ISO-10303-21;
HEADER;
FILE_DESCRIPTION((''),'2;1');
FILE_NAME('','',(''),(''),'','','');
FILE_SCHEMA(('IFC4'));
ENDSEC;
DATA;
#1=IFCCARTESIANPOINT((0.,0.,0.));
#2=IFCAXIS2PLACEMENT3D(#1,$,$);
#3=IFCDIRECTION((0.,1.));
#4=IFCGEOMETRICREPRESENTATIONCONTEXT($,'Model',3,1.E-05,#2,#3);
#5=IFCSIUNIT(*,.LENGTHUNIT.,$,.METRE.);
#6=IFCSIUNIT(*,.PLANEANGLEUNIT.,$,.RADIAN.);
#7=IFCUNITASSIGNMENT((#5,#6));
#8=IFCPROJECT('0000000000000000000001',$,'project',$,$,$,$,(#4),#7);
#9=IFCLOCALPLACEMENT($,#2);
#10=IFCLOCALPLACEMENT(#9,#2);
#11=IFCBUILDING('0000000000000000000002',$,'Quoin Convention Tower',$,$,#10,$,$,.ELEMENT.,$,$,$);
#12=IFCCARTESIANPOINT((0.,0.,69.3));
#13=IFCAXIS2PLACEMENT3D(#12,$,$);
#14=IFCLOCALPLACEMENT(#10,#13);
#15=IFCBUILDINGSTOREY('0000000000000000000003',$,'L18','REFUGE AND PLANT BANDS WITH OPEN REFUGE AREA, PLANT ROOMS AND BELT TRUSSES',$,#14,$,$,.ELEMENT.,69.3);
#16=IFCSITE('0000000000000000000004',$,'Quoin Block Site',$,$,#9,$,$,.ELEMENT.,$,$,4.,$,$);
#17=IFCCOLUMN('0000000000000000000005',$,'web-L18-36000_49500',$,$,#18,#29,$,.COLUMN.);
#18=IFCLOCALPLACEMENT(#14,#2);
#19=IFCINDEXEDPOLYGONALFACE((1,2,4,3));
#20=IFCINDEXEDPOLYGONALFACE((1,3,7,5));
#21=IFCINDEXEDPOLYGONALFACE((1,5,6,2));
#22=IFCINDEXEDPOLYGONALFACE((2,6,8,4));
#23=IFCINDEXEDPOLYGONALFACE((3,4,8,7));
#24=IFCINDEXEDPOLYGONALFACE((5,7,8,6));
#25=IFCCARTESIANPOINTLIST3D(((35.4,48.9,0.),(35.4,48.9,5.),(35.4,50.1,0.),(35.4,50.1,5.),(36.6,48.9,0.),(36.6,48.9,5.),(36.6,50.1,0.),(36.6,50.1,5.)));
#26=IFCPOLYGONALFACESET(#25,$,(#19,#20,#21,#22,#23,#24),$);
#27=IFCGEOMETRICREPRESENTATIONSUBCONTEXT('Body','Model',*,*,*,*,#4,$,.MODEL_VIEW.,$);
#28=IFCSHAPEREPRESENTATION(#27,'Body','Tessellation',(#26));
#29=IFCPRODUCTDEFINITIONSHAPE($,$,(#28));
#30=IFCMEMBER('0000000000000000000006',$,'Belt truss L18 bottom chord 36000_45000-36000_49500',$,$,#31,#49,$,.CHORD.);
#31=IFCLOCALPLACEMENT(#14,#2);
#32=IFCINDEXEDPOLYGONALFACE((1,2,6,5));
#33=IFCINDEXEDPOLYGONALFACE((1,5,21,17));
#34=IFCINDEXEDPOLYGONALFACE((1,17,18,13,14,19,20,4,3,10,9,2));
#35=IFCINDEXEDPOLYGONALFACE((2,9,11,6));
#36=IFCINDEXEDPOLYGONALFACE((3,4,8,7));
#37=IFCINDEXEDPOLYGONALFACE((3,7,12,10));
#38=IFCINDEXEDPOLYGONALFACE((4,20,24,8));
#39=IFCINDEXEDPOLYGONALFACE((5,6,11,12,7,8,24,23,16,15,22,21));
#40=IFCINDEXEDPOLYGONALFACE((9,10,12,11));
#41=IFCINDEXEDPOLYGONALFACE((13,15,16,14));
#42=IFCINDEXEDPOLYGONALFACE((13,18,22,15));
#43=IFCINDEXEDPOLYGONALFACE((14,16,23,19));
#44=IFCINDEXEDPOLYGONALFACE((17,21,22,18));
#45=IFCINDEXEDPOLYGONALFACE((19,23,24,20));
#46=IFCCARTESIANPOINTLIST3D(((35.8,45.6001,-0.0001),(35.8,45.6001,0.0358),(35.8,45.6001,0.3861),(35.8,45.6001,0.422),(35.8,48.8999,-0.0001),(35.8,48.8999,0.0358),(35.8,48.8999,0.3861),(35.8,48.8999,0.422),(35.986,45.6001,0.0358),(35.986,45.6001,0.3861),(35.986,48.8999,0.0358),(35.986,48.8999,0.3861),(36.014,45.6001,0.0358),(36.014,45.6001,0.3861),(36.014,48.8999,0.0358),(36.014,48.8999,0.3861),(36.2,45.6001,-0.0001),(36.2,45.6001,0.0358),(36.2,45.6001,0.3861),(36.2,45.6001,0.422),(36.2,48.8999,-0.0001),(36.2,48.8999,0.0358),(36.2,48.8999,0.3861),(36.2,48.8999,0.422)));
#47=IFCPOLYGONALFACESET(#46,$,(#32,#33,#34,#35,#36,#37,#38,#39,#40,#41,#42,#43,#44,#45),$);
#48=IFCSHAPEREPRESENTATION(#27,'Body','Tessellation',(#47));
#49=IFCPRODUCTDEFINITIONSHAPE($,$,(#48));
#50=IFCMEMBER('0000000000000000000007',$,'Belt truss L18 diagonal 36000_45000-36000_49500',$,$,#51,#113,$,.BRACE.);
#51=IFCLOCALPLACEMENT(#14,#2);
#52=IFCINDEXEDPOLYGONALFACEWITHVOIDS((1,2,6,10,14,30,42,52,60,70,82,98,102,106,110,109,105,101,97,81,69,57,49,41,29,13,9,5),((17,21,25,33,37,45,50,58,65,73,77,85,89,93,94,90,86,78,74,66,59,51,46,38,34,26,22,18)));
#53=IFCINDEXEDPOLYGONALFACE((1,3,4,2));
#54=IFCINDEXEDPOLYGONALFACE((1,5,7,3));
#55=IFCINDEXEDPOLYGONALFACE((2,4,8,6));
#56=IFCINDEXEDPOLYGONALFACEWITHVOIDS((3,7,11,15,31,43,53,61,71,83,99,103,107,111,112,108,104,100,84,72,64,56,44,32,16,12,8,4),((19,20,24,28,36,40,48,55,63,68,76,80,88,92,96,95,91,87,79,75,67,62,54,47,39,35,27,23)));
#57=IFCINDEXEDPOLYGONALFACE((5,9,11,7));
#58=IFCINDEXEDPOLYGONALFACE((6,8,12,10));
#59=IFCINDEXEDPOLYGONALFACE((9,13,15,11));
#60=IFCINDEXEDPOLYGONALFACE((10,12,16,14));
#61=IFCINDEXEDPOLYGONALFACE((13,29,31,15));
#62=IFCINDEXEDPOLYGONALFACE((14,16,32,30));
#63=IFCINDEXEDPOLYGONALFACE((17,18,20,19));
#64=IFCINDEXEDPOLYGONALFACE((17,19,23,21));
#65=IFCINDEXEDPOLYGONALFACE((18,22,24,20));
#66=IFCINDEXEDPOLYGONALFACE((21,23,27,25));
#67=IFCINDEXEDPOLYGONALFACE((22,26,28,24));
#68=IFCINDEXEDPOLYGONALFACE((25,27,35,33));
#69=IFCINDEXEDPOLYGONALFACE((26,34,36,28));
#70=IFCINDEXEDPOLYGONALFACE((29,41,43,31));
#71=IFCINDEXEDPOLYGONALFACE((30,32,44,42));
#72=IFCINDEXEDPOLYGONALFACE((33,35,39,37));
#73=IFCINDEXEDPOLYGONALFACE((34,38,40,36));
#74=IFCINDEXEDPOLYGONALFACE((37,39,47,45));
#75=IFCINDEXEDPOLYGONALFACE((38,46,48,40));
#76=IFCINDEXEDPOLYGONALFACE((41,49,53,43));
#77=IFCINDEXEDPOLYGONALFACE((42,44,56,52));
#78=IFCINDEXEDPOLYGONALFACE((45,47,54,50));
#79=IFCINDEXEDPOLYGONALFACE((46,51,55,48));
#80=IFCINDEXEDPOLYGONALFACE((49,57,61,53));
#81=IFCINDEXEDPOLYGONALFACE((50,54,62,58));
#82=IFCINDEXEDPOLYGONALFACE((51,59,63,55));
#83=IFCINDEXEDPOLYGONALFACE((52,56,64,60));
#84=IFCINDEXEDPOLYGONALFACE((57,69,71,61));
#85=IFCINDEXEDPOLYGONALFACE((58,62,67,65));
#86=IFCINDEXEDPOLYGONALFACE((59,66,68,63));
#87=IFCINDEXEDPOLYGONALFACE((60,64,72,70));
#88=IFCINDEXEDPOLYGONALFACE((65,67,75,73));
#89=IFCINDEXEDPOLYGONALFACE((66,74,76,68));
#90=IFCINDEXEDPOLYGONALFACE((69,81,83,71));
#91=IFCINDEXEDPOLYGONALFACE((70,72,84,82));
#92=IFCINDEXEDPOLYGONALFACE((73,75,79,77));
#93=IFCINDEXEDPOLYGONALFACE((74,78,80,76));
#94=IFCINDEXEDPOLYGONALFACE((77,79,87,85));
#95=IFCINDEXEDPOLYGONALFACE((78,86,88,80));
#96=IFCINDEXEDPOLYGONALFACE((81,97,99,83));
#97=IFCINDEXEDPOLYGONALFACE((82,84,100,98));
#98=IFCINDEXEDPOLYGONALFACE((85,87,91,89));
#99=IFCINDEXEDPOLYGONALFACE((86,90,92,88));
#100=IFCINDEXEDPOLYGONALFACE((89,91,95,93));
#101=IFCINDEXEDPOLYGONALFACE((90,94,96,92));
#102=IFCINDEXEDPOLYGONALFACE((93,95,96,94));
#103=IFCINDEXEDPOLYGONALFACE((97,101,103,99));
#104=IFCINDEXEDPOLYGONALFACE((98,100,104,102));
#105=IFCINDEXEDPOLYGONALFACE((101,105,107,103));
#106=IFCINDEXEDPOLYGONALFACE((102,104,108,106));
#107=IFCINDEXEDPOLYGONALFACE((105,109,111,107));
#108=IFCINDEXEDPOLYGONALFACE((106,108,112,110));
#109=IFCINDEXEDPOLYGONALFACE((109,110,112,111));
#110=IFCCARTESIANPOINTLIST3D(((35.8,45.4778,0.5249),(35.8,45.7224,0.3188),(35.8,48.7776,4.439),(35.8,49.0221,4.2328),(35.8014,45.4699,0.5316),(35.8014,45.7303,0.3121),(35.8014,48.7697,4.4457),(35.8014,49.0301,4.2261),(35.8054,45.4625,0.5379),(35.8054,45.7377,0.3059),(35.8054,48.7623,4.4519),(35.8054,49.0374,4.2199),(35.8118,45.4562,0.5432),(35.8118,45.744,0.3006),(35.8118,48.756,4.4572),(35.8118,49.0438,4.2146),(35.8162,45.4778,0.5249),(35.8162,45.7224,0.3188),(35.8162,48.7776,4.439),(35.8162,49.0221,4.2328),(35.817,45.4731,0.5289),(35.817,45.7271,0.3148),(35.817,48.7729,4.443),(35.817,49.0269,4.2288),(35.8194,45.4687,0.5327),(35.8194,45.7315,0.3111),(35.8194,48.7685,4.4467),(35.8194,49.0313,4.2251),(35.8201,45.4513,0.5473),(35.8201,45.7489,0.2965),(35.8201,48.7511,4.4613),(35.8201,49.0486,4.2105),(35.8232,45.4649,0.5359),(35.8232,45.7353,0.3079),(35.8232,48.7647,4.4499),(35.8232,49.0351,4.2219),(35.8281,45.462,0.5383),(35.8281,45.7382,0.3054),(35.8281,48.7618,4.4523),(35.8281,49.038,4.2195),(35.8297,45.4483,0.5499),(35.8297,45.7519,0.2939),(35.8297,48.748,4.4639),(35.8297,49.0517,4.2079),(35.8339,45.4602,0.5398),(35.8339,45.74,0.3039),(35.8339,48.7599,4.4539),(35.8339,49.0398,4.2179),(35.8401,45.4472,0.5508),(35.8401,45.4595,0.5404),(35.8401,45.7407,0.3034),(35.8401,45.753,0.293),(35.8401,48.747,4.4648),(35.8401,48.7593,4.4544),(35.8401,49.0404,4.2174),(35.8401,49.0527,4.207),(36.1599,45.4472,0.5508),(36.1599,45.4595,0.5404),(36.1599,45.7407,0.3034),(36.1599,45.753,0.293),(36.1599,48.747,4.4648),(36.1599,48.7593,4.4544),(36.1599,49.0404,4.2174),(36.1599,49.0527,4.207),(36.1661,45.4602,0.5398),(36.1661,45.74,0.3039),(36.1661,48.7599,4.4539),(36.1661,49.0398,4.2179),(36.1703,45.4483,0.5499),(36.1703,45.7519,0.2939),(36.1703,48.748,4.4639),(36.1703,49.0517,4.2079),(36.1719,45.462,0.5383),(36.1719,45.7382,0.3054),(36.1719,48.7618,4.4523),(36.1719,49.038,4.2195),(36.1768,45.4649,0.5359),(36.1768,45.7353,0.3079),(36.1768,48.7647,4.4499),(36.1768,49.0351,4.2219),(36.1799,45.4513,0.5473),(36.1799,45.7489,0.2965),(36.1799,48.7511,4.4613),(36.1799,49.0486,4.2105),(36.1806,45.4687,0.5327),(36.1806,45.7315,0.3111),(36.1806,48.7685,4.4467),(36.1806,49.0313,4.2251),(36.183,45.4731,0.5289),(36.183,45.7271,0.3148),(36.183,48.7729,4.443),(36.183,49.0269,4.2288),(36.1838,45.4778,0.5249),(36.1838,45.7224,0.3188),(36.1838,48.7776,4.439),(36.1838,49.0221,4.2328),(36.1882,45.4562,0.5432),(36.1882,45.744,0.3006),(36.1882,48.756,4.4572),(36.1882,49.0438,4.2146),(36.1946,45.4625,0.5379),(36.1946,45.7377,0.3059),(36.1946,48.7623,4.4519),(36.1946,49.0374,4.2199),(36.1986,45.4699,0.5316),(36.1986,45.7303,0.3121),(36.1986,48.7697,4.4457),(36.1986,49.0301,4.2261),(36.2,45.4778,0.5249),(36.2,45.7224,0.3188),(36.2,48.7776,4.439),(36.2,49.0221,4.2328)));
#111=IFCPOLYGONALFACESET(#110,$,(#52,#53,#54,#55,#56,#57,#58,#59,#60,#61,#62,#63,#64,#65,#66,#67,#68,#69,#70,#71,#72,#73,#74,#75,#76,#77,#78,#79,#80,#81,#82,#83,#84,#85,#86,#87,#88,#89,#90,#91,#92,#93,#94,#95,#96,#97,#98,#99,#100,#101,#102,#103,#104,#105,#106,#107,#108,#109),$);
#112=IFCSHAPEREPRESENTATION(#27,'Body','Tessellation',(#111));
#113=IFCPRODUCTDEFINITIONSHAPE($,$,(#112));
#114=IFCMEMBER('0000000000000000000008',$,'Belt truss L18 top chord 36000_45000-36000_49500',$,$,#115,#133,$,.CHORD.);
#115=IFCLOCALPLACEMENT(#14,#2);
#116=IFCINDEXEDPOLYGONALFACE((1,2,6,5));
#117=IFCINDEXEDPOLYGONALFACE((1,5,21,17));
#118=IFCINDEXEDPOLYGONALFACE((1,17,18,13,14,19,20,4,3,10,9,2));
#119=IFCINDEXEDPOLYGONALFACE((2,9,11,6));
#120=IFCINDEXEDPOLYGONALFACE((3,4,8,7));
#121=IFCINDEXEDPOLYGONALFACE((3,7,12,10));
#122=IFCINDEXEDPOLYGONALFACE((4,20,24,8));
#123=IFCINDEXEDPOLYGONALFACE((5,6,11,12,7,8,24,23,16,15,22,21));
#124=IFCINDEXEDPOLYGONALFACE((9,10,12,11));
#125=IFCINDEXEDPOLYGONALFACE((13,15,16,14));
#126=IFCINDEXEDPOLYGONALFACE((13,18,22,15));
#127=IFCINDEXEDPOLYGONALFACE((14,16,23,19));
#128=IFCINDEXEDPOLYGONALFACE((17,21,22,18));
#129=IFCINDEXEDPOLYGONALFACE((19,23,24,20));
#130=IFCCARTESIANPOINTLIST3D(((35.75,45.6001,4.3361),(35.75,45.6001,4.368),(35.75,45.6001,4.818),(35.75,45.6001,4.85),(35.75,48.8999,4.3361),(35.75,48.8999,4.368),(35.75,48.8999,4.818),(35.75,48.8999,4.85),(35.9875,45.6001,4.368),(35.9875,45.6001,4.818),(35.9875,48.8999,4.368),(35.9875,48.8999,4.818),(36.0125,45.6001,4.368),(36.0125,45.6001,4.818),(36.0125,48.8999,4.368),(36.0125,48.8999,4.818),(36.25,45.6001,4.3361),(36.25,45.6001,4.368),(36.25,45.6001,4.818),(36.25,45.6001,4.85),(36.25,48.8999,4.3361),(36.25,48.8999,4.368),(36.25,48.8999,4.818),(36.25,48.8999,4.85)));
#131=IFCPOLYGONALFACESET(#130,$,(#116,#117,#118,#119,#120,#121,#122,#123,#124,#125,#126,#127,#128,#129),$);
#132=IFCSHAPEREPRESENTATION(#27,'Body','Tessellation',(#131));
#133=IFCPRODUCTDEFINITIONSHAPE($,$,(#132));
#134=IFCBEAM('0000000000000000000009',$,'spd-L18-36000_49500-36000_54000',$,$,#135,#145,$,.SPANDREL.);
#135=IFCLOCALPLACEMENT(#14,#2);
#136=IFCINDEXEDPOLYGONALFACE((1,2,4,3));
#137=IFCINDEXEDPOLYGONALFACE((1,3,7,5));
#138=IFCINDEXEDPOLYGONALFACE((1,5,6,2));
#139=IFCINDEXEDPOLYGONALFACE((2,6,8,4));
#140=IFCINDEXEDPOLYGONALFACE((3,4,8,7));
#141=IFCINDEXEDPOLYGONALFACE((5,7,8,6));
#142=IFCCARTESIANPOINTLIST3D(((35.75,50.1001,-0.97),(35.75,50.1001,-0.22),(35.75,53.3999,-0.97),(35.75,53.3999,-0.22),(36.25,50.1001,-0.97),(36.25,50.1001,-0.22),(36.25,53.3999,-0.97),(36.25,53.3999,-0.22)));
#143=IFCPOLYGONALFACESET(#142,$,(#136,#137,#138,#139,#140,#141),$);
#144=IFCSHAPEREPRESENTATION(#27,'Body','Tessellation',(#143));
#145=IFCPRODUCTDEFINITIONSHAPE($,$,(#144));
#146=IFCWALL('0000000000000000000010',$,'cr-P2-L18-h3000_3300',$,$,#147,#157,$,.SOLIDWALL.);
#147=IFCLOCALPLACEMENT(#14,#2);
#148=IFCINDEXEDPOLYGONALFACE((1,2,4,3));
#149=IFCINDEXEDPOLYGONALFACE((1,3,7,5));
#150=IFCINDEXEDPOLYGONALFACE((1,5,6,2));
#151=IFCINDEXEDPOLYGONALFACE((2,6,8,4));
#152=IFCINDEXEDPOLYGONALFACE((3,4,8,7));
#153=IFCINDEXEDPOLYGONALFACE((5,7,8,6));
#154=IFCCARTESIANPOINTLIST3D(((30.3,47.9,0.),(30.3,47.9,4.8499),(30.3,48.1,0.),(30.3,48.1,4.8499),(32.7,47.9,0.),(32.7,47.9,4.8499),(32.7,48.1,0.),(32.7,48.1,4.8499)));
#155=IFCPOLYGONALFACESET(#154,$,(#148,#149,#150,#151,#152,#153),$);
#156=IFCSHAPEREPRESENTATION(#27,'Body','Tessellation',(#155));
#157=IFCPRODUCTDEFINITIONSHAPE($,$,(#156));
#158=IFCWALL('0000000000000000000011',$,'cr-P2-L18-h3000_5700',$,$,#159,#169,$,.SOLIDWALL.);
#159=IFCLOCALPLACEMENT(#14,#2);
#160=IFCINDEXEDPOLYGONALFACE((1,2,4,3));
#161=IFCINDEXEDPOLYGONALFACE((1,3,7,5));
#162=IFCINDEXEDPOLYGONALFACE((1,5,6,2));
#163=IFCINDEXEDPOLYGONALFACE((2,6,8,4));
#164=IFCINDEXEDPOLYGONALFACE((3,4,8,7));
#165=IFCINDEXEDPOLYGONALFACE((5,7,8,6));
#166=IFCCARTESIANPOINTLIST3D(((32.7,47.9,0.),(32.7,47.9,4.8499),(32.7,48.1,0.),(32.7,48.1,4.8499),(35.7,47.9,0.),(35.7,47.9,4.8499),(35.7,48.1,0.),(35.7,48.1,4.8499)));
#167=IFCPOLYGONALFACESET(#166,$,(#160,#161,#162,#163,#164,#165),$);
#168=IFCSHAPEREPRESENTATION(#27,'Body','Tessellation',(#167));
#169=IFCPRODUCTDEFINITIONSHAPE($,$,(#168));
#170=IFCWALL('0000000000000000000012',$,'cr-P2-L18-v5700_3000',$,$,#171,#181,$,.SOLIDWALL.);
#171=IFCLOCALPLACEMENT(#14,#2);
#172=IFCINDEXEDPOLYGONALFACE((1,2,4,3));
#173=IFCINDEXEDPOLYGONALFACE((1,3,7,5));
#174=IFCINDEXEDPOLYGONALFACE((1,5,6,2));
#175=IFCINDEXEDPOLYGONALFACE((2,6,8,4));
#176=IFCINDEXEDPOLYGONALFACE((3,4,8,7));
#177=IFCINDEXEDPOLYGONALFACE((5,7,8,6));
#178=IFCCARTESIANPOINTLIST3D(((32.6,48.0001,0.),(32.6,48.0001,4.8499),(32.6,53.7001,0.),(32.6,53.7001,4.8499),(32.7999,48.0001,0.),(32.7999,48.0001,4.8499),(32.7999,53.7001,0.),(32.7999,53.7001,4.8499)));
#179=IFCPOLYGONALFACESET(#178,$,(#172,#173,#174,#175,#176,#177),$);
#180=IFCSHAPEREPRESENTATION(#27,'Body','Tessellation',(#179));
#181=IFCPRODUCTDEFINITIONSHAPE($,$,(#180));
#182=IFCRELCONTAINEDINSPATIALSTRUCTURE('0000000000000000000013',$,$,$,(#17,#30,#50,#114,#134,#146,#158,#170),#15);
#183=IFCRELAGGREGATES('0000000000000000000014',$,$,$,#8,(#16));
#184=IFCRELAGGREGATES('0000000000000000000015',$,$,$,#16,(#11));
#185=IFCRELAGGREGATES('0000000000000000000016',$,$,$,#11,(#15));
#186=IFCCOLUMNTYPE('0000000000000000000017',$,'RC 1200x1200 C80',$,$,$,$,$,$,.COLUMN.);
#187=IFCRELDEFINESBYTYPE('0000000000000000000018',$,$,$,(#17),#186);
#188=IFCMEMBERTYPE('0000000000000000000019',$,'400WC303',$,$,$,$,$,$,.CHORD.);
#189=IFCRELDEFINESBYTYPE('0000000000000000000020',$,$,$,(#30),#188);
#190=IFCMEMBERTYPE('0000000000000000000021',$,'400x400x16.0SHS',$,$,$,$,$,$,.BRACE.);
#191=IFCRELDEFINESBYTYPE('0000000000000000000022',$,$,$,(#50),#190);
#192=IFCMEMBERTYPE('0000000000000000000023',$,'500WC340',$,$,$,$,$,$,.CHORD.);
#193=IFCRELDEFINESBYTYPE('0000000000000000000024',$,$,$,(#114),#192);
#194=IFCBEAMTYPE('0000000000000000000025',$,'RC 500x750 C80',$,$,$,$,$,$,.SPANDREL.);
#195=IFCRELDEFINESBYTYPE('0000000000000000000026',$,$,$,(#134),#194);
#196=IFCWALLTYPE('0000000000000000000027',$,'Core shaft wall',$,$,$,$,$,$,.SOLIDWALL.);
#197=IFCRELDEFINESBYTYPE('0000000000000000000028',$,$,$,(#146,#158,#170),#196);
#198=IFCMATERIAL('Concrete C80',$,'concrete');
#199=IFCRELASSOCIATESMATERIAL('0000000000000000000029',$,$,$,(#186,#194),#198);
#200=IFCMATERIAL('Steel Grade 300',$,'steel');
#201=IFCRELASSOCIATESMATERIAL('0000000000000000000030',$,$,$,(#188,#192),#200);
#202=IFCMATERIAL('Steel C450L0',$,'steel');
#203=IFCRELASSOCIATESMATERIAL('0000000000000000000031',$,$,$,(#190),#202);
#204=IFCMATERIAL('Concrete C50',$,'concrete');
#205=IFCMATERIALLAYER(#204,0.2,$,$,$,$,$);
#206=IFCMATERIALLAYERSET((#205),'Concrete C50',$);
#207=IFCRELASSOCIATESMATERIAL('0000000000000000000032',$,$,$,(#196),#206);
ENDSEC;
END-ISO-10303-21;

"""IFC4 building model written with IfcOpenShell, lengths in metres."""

from ifc_helpers import new_model, si_unit, direction, frame, frame_2d, origin, origin_2d, place, context, subcontext, project, spatial, rectangle, hollow_rectangle, i_section, extrude, material, layer, layer_set, material_profile, profile_set, type_object, element, save


model = new_model("IFC4")

# Units and contexts
model_context = context("Model", 3, precision=1e-05, world=origin(), true_north=direction((0.0, 1.0)))
body_context = subcontext(model_context, "Body", "Model", "MODEL_VIEW")
ifc_project = project(units=[si_unit("LENGTHUNIT", "METRE"), si_unit("PLANEANGLEUNIT", "RADIAN")], contexts=[model_context])

# Site, building, storey
site_placement = place(None, origin())
site = spatial("IfcSite", under=ifc_project, at=site_placement, Name="Quoin Block Site", CompositionType="ELEMENT", RefElevation=4.0)
building_placement = place(site_placement, origin())
building = spatial("IfcBuilding", under=site, at=building_placement, Name="Quoin Convention Tower", CompositionType="ELEMENT")
storey_placement = place(building_placement, frame((0.0, 0.0, 69.3)))
storey = spatial("IfcBuildingStorey", under=building, at=storey_placement, Name="L18", Description="REFUGE AND PLANT BANDS WITH OPEN REFUGE AREA, PLANT ROOMS AND BELT TRUSSES", CompositionType="ELEMENT", Elevation=69.3)

# Column
ifc_material_1 = material(Name="Concrete C80", Category="concrete")
ifc_material_profile_1 = material_profile(ifc_material_1, rectangle(XDim=1.2, YDim=1.2, at=origin_2d()), Name="RC 1200x1200")
ifc_profile_set_1 = profile_set([ifc_material_profile_1], Name="Concrete C80")
column_type = type_object("IfcColumnType", Name="RC 1200x1200 C80", PredefinedType="COLUMN", material=ifc_profile_set_1)
column_placement = place(storey_placement, frame((36.0, 49.5, 0.0), z_axis=(0.0, 0.0, 1.0), x_axis=(1.0, 0.0, 0.0)))
element("IfcColumn", 1, at=column_placement, inside=storey, type_object=column_type, Name="web-L18-36000_49500", PredefinedType="COLUMN", context=body_context, shape_type="SweptSolid", body=[
    extrude(rectangle(XDim=1.2, YDim=1.2, at=origin_2d()), origin(), (0.0, 0.0, 1.0), 5.0),
])

# Members
ifc_material_2 = material(Name="Steel Grade 300", Category="steel")
ifc_material_profile_2 = material_profile(ifc_material_2, i_section(OverallWidth=0.3999, OverallDepth=0.4221, WebThickness=0.0281, FlangeThickness=0.0359, at=origin_2d()), Name="400WC303")
ifc_profile_set_2 = profile_set([ifc_material_profile_2], Name="Steel Grade 300")
member_type_1 = type_object("IfcMemberType", Name="400WC303", PredefinedType="CHORD", material=ifc_profile_set_2)
member_1_placement = place(storey_placement, frame((36.0, 45.6001, 0.2109), z_axis=(0.0, 1.0, 0.0), x_axis=(-1.0, 0.0, 0.0)))
element("IfcMember", 2, at=member_1_placement, inside=storey, type_object=member_type_1, Name="Belt truss L18 bottom chord 36000_45000-36000_49500", PredefinedType="CHORD", context=body_context, shape_type="SweptSolid", body=[
    extrude(i_section(OverallWidth=0.3999, OverallDepth=0.4221, WebThickness=0.0281, FlangeThickness=0.0359, at=origin_2d()), origin(), (0.0, 0.0, 1.0), 3.2998),
])
ifc_material_3 = material(Name="Steel C450L0", Category="steel")
ifc_material_profile_3 = material_profile(ifc_material_3, hollow_rectangle(XDim=0.3999, YDim=0.3999, WallThickness=0.0161, InnerFilletRadius=0.0239, OuterFilletRadius=0.04, at=origin_2d()), Name="400x400x16.0SHS")
ifc_profile_set_3 = profile_set([ifc_material_profile_3], Name="Steel C450L0")
member_type_2 = type_object("IfcMemberType", Name="400x400x16.0SHS", PredefinedType="BRACE", material=ifc_profile_set_3)
member_2_placement = place(storey_placement, frame((36.0, 45.6001, 0.4219), z_axis=(0.0, 0.644564, 0.76455), x_axis=(-1.0, 0.0, 0.0)))
element("IfcMember", 3, at=member_2_placement, inside=storey, type_object=member_type_2, Name="Belt truss L18 diagonal 36000_45000-36000_49500", PredefinedType="BRACE", context=body_context, shape_type="SweptSolid", body=[
    extrude(hollow_rectangle(XDim=0.3999, YDim=0.3999, WallThickness=0.0161, InnerFilletRadius=0.0239, OuterFilletRadius=0.04, at=origin_2d()), origin(), (0.0, 0.0, 1.0), 5.1194),
])
ifc_material_profile_4 = material_profile(ifc_material_2, i_section(OverallWidth=0.5, OverallDepth=0.5139, WebThickness=0.0249, FlangeThickness=0.032, at=origin_2d()), Name="500WC340")
ifc_profile_set_4 = profile_set([ifc_material_profile_4], Name="Steel Grade 300")
member_type_3 = type_object("IfcMemberType", Name="500WC340", PredefinedType="CHORD", material=ifc_profile_set_4)
member_3_placement = place(storey_placement, frame((36.0, 45.6001, 4.593), z_axis=(0.0, 1.0, 0.0), x_axis=(-1.0, 0.0, 0.0)))
element("IfcMember", 4, at=member_3_placement, inside=storey, type_object=member_type_3, Name="Belt truss L18 top chord 36000_45000-36000_49500", PredefinedType="CHORD", context=body_context, shape_type="SweptSolid", body=[
    extrude(i_section(OverallWidth=0.5, OverallDepth=0.5139, WebThickness=0.0249, FlangeThickness=0.032, at=origin_2d()), origin(), (0.0, 0.0, 1.0), 3.2998),
])

# Beam
ifc_material_profile_5 = material_profile(ifc_material_1, rectangle(XDim=0.5, YDim=0.75, at=origin_2d()), Name="RC 500x750")
ifc_profile_set_5 = profile_set([ifc_material_profile_5], Name="Concrete C80")
beam_type = type_object("IfcBeamType", Name="RC 500x750 C80", PredefinedType="SPANDREL", material=ifc_profile_set_5)
beam_placement = place(storey_placement, frame((36.0, 50.1001, -0.595), z_axis=(0.0, 1.0, 0.0), x_axis=(-1.0, 0.0, 0.0)))
element("IfcBeam", 5, at=beam_placement, inside=storey, type_object=beam_type, Name="spd-L18-36000_49500-36000_54000", PredefinedType="SPANDREL", context=body_context, shape_type="SweptSolid", body=[
    extrude(rectangle(XDim=0.5, YDim=0.75, at=origin_2d()), origin(), (0.0, 0.0, 1.0), 3.2998),
])

# Walls
ifc_material_4 = material(Name="Concrete C50", Category="concrete")
ifc_layer_1 = layer(ifc_material_4, 0.2)
ifc_layer_set_1 = layer_set([ifc_layer_1], Name="Concrete C50")
wall_type_1 = type_object("IfcWallType", Name="Core shaft wall", PredefinedType="SOLIDWALL", material=ifc_layer_set_1)
wall_1_placement = place(storey_placement, frame((30.3, 48.0, 0.0), z_axis=(0.0, 0.0, 1.0), x_axis=(1.0, 0.0, 0.0)))
element("IfcWall", 6, at=wall_1_placement, inside=storey, type_object=wall_type_1, Name="cr-P2-L18-h3000_3300", PredefinedType="SOLIDWALL", context=body_context, shape_type="SweptSolid", body=[
    extrude(rectangle(XDim=2.3999, YDim=0.2, at=frame_2d((1.2, 0.0))), origin(), (0.0, 0.0, 1.0), 4.8499),
])
wall_2_placement = place(storey_placement, frame((32.7, 48.0, 0.0), z_axis=(0.0, 0.0, 1.0), x_axis=(1.0, 0.0, 0.0)))
element("IfcWall", 7, at=wall_2_placement, inside=storey, type_object=wall_type_1, Name="cr-P2-L18-h3000_5700", PredefinedType="SOLIDWALL", context=body_context, shape_type="SweptSolid", body=[
    extrude(rectangle(XDim=3.0, YDim=0.2, at=frame_2d((1.5, 0.0))), origin(), (0.0, 0.0, 1.0), 4.8499),
])
wall_3_placement = place(storey_placement, frame((32.7, 48.0, 0.0), z_axis=(0.0, 0.0, 1.0), x_axis=(0.0, 1.0, 0.0)))
element("IfcWall", 8, at=wall_3_placement, inside=storey, type_object=wall_type_1, Name="cr-P2-L18-v5700_3000", PredefinedType="SOLIDWALL", context=body_context, shape_type="SweptSolid", body=[
    extrude(rectangle(XDim=5.7, YDim=0.2, at=frame_2d((2.8501, 0.0))), origin(), (0.0, 0.0, 1.0), 4.8499),
])

save(model, "model.ifc")
